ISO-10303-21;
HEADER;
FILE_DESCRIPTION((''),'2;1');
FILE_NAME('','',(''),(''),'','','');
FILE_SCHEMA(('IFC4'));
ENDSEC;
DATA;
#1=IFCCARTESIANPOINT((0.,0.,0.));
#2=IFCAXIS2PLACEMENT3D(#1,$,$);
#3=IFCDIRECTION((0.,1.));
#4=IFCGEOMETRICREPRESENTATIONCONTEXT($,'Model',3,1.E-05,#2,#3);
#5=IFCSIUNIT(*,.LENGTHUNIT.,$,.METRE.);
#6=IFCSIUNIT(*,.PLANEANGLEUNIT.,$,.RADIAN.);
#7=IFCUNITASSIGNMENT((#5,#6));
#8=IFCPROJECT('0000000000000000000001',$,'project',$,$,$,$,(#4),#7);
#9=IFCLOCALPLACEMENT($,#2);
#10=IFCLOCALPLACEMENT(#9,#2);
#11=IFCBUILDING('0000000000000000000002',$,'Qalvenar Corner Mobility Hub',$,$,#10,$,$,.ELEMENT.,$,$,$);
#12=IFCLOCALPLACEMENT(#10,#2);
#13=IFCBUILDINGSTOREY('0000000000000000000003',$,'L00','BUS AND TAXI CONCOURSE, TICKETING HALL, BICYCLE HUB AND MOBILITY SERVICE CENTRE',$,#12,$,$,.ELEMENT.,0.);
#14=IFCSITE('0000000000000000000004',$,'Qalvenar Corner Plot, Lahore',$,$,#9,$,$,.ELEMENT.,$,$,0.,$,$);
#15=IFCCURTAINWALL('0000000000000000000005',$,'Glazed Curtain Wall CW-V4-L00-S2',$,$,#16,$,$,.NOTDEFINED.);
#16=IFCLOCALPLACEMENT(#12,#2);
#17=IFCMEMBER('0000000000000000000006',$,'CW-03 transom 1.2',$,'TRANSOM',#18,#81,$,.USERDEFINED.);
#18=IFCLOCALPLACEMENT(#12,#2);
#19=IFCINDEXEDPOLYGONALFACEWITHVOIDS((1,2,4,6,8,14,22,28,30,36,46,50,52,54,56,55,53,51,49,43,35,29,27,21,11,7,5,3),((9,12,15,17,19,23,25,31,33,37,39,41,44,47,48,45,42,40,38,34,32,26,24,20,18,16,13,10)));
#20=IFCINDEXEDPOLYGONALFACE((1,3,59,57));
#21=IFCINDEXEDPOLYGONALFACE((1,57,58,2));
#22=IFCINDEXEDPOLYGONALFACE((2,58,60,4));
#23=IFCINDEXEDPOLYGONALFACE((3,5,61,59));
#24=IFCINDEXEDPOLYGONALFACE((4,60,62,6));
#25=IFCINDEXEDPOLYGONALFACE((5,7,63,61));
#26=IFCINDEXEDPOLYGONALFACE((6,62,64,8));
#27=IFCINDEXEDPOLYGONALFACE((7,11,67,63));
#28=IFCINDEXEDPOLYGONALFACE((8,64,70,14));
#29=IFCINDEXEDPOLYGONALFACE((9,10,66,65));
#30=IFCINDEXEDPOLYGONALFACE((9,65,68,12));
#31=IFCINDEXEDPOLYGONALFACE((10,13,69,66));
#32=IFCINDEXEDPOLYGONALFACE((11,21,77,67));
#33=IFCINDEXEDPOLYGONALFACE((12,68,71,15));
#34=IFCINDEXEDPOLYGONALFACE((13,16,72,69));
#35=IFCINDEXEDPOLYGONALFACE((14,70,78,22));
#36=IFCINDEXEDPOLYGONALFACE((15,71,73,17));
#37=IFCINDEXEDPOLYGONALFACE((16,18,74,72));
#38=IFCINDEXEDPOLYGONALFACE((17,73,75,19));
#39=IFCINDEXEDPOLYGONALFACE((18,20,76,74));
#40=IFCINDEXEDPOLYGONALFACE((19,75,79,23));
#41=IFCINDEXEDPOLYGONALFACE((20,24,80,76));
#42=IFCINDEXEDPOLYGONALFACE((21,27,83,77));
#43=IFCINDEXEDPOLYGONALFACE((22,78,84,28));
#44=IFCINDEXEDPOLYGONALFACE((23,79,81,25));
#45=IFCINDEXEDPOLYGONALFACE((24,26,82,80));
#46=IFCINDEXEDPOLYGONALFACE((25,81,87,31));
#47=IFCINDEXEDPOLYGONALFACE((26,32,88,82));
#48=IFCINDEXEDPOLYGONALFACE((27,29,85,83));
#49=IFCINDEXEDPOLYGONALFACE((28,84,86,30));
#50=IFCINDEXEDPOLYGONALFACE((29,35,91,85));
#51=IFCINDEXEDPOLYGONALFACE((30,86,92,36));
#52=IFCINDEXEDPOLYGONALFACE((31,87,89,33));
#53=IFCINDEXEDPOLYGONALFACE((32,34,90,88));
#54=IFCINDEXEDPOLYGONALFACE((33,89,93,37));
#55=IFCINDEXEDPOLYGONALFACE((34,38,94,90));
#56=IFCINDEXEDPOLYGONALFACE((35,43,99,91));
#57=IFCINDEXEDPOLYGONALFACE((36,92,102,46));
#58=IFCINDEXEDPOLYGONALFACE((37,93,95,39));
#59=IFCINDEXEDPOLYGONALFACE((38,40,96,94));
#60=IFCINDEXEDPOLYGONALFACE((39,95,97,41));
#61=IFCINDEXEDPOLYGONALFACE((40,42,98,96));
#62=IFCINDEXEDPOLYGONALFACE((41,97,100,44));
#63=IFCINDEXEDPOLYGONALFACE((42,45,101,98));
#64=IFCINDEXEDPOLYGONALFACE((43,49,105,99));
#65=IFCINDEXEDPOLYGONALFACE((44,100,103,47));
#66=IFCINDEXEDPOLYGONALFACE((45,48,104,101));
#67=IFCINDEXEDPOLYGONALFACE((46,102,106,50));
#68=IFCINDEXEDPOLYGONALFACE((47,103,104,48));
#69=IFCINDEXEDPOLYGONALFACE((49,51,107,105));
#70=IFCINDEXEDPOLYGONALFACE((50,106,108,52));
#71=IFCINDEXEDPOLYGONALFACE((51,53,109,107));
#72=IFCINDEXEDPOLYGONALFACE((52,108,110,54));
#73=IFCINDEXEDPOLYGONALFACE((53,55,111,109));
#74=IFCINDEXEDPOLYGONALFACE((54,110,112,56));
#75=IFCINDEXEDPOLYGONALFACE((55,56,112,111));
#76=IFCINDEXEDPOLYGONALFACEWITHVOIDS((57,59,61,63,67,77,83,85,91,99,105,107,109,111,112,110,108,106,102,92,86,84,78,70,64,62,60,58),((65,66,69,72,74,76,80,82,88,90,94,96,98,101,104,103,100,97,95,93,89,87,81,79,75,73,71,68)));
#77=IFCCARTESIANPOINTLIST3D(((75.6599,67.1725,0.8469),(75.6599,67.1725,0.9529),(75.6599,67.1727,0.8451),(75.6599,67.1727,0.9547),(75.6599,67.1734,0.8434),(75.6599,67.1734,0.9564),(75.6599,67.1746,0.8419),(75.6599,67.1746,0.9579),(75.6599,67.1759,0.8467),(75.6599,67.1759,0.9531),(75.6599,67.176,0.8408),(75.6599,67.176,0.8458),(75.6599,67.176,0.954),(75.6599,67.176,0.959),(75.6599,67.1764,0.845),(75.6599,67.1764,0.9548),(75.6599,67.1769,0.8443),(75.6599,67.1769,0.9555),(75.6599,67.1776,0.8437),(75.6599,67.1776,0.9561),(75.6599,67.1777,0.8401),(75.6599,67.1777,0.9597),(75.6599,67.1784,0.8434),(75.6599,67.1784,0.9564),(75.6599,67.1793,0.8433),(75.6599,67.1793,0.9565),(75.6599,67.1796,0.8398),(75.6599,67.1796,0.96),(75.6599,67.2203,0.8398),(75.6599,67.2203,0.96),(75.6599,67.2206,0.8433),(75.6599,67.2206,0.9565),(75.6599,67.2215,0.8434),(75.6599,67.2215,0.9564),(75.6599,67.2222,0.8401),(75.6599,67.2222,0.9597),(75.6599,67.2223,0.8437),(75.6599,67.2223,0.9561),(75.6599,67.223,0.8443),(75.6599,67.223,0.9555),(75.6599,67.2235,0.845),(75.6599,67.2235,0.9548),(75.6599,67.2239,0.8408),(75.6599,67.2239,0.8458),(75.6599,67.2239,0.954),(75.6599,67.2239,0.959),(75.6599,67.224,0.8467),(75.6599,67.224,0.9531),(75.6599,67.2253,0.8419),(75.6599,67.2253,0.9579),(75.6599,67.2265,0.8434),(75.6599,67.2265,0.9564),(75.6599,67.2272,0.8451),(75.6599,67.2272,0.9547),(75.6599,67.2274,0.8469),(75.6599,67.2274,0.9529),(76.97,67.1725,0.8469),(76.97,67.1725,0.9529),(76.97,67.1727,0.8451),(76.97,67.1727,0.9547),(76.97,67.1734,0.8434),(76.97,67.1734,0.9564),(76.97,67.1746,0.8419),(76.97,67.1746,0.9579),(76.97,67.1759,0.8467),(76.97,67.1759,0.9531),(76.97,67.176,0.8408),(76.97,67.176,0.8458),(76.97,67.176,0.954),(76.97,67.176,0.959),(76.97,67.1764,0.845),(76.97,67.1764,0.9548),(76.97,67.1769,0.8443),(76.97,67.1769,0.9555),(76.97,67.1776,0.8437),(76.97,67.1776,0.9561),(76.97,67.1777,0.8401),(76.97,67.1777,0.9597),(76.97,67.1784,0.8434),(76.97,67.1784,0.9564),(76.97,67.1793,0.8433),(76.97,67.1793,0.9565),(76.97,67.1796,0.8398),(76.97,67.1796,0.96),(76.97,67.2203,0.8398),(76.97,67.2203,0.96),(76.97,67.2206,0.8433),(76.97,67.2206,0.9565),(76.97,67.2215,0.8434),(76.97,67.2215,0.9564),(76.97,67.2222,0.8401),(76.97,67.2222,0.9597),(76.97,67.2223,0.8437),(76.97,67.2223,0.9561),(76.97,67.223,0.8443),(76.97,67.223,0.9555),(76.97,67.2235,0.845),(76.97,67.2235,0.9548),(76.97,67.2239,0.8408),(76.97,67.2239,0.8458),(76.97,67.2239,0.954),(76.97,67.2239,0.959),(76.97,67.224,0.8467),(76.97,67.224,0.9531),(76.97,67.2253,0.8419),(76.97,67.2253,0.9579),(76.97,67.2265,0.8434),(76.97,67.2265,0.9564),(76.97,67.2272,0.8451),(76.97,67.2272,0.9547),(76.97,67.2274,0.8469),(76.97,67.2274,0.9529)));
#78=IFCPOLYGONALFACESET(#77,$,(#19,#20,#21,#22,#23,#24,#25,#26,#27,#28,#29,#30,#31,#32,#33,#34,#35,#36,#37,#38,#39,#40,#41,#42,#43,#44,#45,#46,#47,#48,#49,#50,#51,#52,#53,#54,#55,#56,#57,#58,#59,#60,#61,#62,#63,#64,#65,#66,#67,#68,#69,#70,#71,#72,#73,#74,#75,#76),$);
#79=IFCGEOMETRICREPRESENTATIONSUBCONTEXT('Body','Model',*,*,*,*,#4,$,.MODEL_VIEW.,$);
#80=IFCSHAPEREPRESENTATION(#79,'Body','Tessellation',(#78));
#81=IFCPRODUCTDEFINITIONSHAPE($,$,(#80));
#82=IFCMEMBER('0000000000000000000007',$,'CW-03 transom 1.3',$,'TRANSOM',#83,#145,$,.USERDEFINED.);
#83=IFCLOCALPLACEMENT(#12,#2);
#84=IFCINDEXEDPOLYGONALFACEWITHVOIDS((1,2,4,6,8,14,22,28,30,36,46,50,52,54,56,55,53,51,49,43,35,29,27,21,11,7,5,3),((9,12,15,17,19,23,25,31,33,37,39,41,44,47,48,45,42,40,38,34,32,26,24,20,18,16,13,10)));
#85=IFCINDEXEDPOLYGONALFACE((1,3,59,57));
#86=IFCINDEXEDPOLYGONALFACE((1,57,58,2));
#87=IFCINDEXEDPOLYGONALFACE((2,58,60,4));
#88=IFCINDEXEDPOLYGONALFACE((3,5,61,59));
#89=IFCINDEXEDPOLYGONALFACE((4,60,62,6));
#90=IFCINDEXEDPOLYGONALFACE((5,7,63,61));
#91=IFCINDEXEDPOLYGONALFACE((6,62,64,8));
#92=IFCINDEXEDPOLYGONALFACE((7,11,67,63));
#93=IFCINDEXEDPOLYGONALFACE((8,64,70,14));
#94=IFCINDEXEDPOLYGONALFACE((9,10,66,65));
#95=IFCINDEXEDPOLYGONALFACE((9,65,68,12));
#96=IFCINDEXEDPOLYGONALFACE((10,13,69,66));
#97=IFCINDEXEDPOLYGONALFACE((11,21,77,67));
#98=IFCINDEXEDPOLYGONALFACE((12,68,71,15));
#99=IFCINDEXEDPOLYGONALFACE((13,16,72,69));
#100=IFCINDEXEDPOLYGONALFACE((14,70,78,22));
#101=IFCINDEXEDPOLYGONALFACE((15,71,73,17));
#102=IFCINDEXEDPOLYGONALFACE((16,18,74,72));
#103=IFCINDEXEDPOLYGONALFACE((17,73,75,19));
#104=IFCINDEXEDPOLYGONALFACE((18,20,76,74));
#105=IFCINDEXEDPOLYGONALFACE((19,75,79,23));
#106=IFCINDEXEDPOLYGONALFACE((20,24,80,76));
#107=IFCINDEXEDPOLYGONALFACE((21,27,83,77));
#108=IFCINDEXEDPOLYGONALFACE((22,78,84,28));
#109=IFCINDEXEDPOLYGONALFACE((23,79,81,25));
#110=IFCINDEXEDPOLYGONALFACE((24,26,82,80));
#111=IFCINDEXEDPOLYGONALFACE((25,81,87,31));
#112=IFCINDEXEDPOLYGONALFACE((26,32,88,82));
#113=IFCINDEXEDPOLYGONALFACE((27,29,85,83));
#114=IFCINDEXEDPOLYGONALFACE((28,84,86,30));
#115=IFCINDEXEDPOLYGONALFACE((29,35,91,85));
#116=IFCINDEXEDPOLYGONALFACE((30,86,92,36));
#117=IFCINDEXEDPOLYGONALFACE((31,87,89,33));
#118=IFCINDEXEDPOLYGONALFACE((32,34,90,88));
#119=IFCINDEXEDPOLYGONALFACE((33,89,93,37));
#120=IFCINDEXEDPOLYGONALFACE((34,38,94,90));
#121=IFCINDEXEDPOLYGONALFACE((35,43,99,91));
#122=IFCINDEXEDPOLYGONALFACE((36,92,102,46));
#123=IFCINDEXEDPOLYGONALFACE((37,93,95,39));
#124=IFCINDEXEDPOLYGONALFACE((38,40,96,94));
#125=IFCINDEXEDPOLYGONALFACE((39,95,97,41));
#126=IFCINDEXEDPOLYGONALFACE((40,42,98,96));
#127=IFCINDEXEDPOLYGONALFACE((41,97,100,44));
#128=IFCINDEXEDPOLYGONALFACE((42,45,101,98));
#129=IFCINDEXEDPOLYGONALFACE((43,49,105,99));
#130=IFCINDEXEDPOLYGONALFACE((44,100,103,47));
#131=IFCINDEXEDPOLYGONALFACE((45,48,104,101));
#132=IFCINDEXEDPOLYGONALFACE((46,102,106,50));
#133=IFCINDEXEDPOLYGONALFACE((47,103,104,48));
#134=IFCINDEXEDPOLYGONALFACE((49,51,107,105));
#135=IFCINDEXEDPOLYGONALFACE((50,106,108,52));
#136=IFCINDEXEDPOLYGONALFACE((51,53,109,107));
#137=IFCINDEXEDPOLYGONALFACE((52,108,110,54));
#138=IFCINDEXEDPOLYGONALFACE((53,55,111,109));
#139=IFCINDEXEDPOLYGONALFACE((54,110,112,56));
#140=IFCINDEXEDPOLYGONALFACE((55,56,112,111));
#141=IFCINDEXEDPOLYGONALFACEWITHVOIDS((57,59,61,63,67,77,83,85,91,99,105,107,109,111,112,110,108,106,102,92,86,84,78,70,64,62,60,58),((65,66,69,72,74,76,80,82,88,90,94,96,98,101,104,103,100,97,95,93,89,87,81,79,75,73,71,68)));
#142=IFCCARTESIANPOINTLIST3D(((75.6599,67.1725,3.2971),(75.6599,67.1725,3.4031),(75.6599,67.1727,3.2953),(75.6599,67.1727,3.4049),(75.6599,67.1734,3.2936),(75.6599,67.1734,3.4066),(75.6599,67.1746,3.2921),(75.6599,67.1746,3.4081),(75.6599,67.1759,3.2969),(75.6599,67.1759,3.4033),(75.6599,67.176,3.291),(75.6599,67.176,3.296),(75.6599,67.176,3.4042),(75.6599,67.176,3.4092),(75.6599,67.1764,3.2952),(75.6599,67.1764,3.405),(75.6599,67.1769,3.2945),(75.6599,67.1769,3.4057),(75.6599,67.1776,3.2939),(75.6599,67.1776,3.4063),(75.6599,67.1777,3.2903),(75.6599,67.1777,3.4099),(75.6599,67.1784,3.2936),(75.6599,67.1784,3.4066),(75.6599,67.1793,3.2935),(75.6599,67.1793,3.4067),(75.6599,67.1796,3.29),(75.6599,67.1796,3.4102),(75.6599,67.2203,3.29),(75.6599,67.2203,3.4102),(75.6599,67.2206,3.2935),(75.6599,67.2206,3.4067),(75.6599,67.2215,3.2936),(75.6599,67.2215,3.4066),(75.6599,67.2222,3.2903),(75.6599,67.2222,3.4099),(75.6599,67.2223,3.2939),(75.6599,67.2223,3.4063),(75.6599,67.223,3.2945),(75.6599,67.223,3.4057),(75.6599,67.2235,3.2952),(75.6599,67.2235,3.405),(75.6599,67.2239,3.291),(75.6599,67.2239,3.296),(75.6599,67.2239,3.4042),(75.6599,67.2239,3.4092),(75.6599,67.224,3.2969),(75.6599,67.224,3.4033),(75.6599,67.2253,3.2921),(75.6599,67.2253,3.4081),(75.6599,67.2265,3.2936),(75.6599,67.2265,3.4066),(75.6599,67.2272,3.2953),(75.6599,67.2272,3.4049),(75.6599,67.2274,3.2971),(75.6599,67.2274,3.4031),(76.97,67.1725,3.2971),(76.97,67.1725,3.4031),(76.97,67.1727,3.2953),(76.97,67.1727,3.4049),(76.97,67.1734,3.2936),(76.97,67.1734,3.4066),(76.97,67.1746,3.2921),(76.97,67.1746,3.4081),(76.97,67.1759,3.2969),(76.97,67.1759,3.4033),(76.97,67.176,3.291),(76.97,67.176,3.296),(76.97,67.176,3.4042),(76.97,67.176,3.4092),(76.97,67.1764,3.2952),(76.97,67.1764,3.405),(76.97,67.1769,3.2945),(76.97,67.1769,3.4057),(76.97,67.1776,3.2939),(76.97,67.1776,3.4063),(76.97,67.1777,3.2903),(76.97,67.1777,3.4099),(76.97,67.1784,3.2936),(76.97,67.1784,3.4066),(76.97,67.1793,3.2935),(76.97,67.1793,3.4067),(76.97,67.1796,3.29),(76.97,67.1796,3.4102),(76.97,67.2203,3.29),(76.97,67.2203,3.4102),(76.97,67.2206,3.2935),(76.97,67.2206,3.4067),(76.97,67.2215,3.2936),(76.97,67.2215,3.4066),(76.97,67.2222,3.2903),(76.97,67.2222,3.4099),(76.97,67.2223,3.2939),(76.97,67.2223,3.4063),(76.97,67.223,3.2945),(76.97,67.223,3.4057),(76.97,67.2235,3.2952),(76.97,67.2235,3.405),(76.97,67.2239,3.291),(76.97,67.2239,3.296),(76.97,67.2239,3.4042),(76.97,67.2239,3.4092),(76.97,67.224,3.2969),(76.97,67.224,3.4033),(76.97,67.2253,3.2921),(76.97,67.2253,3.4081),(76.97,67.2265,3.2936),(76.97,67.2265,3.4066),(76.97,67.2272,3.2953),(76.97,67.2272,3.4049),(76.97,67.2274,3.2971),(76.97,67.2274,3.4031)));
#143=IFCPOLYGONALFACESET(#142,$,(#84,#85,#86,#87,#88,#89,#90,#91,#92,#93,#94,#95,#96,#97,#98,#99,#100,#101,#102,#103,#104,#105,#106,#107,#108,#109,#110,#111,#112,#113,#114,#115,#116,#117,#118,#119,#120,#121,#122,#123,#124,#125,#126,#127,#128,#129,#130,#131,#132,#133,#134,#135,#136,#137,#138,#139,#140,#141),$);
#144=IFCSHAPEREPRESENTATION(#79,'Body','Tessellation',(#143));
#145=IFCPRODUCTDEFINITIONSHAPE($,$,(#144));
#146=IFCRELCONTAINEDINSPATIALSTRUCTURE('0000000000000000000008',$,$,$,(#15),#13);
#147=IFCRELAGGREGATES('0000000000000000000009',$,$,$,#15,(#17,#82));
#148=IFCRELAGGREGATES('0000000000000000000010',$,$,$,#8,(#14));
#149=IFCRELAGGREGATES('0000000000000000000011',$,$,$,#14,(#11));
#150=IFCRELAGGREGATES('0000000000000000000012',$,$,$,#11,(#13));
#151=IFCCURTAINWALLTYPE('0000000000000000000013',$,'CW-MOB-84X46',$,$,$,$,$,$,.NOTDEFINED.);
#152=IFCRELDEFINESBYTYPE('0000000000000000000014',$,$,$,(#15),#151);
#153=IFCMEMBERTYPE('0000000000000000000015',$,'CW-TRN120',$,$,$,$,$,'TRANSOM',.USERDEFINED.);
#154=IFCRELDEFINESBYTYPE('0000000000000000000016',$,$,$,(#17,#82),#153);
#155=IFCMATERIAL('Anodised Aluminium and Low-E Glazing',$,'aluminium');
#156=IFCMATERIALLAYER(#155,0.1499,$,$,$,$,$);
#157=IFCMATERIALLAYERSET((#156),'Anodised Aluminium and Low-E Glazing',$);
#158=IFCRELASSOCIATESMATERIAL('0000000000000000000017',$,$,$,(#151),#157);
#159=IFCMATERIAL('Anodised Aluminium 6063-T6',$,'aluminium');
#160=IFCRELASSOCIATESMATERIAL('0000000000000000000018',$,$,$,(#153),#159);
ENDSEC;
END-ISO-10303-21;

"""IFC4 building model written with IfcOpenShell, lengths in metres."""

from ifc_helpers import new_model, si_unit, direction, frame, origin, origin_2d, place, context, subcontext, project, spatial, hollow_rectangle, extrude, material, layer, layer_set, material_profile, profile_set, type_object, element, aggregate, save


model = new_model("IFC4")

# Units and contexts
model_context = context("Model", 3, precision=1e-05, world=origin(), true_north=direction((0.0, 1.0)))
body_context = subcontext(model_context, "Body", "Model", "MODEL_VIEW")
ifc_project = project(units=[si_unit("LENGTHUNIT", "METRE"), si_unit("PLANEANGLEUNIT", "RADIAN")], contexts=[model_context])

# Site, building, storey
site_placement = place(None, origin())
site = spatial("IfcSite", under=ifc_project, at=site_placement, Name="Qalvenar Corner Plot, Lahore", CompositionType="ELEMENT", RefElevation=0.0)
building_placement = place(site_placement, origin())
building = spatial("IfcBuilding", under=site, at=building_placement, Name="Qalvenar Corner Mobility Hub", CompositionType="ELEMENT")
storey_placement = place(building_placement, origin())
storey = spatial("IfcBuildingStorey", under=building, at=storey_placement, Name="L00", Description="BUS AND TAXI CONCOURSE, TICKETING HALL, BICYCLE HUB AND MOBILITY SERVICE CENTRE", CompositionType="ELEMENT", Elevation=0.0)

# Curtain wall
ifc_material_1 = material(Name="Anodised Aluminium and Low-E Glazing", Category="aluminium")
ifc_layer_1 = layer(ifc_material_1, 0.1499)
ifc_layer_set_1 = layer_set([ifc_layer_1], Name="Anodised Aluminium and Low-E Glazing")
curtain_wall_type = type_object("IfcCurtainWallType", Name="CW-MOB-84X46", PredefinedType="NOTDEFINED", material=ifc_layer_set_1)
ifc_material_2 = material(Name="Anodised Aluminium 6063-T6", Category="aluminium")
curtain_wall_1_placement = place(storey_placement, origin())
curtain_wall_1 = element("IfcCurtainWall", 1, at=curtain_wall_1_placement, inside=storey, type_object=curtain_wall_type, Name="Glazed Curtain Wall CW-V4-L00-S2", PredefinedType="NOTDEFINED")

# Members
ifc_material_profile_1 = material_profile(ifc_material_2, hollow_rectangle(XDim=0.0549, YDim=0.1201, WallThickness=0.0034, InnerFilletRadius=0.0034, OuterFilletRadius=0.0071, at=origin_2d()), Name="RHS120x55x3.5")
ifc_profile_set_1 = profile_set([ifc_material_profile_1], Name="Anodised Aluminium 6063-T6")
member_type_1 = type_object("IfcMemberType", Name="CW-TRN120", ElementType="TRANSOM", PredefinedType="USERDEFINED", material=ifc_profile_set_1)
member_1_placement = place(storey_placement, frame((75.6599, 67.2, 0.8999), z_axis=(1.0, 0.0, 0.0), x_axis=(0.0, 1.0, 0.0)))
member_1 = element("IfcMember", 2, at=member_1_placement, type_object=member_type_1, Name="CW-03 transom 1.2", ObjectType="TRANSOM", PredefinedType="USERDEFINED", context=body_context, shape_type="SweptSolid", body=[
    extrude(hollow_rectangle(XDim=0.0549, YDim=0.1201, WallThickness=0.0034, InnerFilletRadius=0.0034, OuterFilletRadius=0.0071, at=origin_2d()), origin(), (0.0, 0.0, 1.0), 1.3101),
])
member_2_placement = place(storey_placement, frame((75.6599, 67.2, 3.3501), z_axis=(1.0, 0.0, 0.0), x_axis=(0.0, 1.0, 0.0)))
member_2 = element("IfcMember", 3, at=member_2_placement, type_object=member_type_1, Name="CW-03 transom 1.3", ObjectType="TRANSOM", PredefinedType="USERDEFINED", context=body_context, shape_type="SweptSolid", body=[
    extrude(hollow_rectangle(XDim=0.0549, YDim=0.1201, WallThickness=0.0034, InnerFilletRadius=0.0034, OuterFilletRadius=0.0071, at=origin_2d()), origin(), (0.0, 0.0, 1.0), 1.3101),
])

aggregate(curtain_wall_1, [member_1, member_2])

save(model, "model.ifc")
